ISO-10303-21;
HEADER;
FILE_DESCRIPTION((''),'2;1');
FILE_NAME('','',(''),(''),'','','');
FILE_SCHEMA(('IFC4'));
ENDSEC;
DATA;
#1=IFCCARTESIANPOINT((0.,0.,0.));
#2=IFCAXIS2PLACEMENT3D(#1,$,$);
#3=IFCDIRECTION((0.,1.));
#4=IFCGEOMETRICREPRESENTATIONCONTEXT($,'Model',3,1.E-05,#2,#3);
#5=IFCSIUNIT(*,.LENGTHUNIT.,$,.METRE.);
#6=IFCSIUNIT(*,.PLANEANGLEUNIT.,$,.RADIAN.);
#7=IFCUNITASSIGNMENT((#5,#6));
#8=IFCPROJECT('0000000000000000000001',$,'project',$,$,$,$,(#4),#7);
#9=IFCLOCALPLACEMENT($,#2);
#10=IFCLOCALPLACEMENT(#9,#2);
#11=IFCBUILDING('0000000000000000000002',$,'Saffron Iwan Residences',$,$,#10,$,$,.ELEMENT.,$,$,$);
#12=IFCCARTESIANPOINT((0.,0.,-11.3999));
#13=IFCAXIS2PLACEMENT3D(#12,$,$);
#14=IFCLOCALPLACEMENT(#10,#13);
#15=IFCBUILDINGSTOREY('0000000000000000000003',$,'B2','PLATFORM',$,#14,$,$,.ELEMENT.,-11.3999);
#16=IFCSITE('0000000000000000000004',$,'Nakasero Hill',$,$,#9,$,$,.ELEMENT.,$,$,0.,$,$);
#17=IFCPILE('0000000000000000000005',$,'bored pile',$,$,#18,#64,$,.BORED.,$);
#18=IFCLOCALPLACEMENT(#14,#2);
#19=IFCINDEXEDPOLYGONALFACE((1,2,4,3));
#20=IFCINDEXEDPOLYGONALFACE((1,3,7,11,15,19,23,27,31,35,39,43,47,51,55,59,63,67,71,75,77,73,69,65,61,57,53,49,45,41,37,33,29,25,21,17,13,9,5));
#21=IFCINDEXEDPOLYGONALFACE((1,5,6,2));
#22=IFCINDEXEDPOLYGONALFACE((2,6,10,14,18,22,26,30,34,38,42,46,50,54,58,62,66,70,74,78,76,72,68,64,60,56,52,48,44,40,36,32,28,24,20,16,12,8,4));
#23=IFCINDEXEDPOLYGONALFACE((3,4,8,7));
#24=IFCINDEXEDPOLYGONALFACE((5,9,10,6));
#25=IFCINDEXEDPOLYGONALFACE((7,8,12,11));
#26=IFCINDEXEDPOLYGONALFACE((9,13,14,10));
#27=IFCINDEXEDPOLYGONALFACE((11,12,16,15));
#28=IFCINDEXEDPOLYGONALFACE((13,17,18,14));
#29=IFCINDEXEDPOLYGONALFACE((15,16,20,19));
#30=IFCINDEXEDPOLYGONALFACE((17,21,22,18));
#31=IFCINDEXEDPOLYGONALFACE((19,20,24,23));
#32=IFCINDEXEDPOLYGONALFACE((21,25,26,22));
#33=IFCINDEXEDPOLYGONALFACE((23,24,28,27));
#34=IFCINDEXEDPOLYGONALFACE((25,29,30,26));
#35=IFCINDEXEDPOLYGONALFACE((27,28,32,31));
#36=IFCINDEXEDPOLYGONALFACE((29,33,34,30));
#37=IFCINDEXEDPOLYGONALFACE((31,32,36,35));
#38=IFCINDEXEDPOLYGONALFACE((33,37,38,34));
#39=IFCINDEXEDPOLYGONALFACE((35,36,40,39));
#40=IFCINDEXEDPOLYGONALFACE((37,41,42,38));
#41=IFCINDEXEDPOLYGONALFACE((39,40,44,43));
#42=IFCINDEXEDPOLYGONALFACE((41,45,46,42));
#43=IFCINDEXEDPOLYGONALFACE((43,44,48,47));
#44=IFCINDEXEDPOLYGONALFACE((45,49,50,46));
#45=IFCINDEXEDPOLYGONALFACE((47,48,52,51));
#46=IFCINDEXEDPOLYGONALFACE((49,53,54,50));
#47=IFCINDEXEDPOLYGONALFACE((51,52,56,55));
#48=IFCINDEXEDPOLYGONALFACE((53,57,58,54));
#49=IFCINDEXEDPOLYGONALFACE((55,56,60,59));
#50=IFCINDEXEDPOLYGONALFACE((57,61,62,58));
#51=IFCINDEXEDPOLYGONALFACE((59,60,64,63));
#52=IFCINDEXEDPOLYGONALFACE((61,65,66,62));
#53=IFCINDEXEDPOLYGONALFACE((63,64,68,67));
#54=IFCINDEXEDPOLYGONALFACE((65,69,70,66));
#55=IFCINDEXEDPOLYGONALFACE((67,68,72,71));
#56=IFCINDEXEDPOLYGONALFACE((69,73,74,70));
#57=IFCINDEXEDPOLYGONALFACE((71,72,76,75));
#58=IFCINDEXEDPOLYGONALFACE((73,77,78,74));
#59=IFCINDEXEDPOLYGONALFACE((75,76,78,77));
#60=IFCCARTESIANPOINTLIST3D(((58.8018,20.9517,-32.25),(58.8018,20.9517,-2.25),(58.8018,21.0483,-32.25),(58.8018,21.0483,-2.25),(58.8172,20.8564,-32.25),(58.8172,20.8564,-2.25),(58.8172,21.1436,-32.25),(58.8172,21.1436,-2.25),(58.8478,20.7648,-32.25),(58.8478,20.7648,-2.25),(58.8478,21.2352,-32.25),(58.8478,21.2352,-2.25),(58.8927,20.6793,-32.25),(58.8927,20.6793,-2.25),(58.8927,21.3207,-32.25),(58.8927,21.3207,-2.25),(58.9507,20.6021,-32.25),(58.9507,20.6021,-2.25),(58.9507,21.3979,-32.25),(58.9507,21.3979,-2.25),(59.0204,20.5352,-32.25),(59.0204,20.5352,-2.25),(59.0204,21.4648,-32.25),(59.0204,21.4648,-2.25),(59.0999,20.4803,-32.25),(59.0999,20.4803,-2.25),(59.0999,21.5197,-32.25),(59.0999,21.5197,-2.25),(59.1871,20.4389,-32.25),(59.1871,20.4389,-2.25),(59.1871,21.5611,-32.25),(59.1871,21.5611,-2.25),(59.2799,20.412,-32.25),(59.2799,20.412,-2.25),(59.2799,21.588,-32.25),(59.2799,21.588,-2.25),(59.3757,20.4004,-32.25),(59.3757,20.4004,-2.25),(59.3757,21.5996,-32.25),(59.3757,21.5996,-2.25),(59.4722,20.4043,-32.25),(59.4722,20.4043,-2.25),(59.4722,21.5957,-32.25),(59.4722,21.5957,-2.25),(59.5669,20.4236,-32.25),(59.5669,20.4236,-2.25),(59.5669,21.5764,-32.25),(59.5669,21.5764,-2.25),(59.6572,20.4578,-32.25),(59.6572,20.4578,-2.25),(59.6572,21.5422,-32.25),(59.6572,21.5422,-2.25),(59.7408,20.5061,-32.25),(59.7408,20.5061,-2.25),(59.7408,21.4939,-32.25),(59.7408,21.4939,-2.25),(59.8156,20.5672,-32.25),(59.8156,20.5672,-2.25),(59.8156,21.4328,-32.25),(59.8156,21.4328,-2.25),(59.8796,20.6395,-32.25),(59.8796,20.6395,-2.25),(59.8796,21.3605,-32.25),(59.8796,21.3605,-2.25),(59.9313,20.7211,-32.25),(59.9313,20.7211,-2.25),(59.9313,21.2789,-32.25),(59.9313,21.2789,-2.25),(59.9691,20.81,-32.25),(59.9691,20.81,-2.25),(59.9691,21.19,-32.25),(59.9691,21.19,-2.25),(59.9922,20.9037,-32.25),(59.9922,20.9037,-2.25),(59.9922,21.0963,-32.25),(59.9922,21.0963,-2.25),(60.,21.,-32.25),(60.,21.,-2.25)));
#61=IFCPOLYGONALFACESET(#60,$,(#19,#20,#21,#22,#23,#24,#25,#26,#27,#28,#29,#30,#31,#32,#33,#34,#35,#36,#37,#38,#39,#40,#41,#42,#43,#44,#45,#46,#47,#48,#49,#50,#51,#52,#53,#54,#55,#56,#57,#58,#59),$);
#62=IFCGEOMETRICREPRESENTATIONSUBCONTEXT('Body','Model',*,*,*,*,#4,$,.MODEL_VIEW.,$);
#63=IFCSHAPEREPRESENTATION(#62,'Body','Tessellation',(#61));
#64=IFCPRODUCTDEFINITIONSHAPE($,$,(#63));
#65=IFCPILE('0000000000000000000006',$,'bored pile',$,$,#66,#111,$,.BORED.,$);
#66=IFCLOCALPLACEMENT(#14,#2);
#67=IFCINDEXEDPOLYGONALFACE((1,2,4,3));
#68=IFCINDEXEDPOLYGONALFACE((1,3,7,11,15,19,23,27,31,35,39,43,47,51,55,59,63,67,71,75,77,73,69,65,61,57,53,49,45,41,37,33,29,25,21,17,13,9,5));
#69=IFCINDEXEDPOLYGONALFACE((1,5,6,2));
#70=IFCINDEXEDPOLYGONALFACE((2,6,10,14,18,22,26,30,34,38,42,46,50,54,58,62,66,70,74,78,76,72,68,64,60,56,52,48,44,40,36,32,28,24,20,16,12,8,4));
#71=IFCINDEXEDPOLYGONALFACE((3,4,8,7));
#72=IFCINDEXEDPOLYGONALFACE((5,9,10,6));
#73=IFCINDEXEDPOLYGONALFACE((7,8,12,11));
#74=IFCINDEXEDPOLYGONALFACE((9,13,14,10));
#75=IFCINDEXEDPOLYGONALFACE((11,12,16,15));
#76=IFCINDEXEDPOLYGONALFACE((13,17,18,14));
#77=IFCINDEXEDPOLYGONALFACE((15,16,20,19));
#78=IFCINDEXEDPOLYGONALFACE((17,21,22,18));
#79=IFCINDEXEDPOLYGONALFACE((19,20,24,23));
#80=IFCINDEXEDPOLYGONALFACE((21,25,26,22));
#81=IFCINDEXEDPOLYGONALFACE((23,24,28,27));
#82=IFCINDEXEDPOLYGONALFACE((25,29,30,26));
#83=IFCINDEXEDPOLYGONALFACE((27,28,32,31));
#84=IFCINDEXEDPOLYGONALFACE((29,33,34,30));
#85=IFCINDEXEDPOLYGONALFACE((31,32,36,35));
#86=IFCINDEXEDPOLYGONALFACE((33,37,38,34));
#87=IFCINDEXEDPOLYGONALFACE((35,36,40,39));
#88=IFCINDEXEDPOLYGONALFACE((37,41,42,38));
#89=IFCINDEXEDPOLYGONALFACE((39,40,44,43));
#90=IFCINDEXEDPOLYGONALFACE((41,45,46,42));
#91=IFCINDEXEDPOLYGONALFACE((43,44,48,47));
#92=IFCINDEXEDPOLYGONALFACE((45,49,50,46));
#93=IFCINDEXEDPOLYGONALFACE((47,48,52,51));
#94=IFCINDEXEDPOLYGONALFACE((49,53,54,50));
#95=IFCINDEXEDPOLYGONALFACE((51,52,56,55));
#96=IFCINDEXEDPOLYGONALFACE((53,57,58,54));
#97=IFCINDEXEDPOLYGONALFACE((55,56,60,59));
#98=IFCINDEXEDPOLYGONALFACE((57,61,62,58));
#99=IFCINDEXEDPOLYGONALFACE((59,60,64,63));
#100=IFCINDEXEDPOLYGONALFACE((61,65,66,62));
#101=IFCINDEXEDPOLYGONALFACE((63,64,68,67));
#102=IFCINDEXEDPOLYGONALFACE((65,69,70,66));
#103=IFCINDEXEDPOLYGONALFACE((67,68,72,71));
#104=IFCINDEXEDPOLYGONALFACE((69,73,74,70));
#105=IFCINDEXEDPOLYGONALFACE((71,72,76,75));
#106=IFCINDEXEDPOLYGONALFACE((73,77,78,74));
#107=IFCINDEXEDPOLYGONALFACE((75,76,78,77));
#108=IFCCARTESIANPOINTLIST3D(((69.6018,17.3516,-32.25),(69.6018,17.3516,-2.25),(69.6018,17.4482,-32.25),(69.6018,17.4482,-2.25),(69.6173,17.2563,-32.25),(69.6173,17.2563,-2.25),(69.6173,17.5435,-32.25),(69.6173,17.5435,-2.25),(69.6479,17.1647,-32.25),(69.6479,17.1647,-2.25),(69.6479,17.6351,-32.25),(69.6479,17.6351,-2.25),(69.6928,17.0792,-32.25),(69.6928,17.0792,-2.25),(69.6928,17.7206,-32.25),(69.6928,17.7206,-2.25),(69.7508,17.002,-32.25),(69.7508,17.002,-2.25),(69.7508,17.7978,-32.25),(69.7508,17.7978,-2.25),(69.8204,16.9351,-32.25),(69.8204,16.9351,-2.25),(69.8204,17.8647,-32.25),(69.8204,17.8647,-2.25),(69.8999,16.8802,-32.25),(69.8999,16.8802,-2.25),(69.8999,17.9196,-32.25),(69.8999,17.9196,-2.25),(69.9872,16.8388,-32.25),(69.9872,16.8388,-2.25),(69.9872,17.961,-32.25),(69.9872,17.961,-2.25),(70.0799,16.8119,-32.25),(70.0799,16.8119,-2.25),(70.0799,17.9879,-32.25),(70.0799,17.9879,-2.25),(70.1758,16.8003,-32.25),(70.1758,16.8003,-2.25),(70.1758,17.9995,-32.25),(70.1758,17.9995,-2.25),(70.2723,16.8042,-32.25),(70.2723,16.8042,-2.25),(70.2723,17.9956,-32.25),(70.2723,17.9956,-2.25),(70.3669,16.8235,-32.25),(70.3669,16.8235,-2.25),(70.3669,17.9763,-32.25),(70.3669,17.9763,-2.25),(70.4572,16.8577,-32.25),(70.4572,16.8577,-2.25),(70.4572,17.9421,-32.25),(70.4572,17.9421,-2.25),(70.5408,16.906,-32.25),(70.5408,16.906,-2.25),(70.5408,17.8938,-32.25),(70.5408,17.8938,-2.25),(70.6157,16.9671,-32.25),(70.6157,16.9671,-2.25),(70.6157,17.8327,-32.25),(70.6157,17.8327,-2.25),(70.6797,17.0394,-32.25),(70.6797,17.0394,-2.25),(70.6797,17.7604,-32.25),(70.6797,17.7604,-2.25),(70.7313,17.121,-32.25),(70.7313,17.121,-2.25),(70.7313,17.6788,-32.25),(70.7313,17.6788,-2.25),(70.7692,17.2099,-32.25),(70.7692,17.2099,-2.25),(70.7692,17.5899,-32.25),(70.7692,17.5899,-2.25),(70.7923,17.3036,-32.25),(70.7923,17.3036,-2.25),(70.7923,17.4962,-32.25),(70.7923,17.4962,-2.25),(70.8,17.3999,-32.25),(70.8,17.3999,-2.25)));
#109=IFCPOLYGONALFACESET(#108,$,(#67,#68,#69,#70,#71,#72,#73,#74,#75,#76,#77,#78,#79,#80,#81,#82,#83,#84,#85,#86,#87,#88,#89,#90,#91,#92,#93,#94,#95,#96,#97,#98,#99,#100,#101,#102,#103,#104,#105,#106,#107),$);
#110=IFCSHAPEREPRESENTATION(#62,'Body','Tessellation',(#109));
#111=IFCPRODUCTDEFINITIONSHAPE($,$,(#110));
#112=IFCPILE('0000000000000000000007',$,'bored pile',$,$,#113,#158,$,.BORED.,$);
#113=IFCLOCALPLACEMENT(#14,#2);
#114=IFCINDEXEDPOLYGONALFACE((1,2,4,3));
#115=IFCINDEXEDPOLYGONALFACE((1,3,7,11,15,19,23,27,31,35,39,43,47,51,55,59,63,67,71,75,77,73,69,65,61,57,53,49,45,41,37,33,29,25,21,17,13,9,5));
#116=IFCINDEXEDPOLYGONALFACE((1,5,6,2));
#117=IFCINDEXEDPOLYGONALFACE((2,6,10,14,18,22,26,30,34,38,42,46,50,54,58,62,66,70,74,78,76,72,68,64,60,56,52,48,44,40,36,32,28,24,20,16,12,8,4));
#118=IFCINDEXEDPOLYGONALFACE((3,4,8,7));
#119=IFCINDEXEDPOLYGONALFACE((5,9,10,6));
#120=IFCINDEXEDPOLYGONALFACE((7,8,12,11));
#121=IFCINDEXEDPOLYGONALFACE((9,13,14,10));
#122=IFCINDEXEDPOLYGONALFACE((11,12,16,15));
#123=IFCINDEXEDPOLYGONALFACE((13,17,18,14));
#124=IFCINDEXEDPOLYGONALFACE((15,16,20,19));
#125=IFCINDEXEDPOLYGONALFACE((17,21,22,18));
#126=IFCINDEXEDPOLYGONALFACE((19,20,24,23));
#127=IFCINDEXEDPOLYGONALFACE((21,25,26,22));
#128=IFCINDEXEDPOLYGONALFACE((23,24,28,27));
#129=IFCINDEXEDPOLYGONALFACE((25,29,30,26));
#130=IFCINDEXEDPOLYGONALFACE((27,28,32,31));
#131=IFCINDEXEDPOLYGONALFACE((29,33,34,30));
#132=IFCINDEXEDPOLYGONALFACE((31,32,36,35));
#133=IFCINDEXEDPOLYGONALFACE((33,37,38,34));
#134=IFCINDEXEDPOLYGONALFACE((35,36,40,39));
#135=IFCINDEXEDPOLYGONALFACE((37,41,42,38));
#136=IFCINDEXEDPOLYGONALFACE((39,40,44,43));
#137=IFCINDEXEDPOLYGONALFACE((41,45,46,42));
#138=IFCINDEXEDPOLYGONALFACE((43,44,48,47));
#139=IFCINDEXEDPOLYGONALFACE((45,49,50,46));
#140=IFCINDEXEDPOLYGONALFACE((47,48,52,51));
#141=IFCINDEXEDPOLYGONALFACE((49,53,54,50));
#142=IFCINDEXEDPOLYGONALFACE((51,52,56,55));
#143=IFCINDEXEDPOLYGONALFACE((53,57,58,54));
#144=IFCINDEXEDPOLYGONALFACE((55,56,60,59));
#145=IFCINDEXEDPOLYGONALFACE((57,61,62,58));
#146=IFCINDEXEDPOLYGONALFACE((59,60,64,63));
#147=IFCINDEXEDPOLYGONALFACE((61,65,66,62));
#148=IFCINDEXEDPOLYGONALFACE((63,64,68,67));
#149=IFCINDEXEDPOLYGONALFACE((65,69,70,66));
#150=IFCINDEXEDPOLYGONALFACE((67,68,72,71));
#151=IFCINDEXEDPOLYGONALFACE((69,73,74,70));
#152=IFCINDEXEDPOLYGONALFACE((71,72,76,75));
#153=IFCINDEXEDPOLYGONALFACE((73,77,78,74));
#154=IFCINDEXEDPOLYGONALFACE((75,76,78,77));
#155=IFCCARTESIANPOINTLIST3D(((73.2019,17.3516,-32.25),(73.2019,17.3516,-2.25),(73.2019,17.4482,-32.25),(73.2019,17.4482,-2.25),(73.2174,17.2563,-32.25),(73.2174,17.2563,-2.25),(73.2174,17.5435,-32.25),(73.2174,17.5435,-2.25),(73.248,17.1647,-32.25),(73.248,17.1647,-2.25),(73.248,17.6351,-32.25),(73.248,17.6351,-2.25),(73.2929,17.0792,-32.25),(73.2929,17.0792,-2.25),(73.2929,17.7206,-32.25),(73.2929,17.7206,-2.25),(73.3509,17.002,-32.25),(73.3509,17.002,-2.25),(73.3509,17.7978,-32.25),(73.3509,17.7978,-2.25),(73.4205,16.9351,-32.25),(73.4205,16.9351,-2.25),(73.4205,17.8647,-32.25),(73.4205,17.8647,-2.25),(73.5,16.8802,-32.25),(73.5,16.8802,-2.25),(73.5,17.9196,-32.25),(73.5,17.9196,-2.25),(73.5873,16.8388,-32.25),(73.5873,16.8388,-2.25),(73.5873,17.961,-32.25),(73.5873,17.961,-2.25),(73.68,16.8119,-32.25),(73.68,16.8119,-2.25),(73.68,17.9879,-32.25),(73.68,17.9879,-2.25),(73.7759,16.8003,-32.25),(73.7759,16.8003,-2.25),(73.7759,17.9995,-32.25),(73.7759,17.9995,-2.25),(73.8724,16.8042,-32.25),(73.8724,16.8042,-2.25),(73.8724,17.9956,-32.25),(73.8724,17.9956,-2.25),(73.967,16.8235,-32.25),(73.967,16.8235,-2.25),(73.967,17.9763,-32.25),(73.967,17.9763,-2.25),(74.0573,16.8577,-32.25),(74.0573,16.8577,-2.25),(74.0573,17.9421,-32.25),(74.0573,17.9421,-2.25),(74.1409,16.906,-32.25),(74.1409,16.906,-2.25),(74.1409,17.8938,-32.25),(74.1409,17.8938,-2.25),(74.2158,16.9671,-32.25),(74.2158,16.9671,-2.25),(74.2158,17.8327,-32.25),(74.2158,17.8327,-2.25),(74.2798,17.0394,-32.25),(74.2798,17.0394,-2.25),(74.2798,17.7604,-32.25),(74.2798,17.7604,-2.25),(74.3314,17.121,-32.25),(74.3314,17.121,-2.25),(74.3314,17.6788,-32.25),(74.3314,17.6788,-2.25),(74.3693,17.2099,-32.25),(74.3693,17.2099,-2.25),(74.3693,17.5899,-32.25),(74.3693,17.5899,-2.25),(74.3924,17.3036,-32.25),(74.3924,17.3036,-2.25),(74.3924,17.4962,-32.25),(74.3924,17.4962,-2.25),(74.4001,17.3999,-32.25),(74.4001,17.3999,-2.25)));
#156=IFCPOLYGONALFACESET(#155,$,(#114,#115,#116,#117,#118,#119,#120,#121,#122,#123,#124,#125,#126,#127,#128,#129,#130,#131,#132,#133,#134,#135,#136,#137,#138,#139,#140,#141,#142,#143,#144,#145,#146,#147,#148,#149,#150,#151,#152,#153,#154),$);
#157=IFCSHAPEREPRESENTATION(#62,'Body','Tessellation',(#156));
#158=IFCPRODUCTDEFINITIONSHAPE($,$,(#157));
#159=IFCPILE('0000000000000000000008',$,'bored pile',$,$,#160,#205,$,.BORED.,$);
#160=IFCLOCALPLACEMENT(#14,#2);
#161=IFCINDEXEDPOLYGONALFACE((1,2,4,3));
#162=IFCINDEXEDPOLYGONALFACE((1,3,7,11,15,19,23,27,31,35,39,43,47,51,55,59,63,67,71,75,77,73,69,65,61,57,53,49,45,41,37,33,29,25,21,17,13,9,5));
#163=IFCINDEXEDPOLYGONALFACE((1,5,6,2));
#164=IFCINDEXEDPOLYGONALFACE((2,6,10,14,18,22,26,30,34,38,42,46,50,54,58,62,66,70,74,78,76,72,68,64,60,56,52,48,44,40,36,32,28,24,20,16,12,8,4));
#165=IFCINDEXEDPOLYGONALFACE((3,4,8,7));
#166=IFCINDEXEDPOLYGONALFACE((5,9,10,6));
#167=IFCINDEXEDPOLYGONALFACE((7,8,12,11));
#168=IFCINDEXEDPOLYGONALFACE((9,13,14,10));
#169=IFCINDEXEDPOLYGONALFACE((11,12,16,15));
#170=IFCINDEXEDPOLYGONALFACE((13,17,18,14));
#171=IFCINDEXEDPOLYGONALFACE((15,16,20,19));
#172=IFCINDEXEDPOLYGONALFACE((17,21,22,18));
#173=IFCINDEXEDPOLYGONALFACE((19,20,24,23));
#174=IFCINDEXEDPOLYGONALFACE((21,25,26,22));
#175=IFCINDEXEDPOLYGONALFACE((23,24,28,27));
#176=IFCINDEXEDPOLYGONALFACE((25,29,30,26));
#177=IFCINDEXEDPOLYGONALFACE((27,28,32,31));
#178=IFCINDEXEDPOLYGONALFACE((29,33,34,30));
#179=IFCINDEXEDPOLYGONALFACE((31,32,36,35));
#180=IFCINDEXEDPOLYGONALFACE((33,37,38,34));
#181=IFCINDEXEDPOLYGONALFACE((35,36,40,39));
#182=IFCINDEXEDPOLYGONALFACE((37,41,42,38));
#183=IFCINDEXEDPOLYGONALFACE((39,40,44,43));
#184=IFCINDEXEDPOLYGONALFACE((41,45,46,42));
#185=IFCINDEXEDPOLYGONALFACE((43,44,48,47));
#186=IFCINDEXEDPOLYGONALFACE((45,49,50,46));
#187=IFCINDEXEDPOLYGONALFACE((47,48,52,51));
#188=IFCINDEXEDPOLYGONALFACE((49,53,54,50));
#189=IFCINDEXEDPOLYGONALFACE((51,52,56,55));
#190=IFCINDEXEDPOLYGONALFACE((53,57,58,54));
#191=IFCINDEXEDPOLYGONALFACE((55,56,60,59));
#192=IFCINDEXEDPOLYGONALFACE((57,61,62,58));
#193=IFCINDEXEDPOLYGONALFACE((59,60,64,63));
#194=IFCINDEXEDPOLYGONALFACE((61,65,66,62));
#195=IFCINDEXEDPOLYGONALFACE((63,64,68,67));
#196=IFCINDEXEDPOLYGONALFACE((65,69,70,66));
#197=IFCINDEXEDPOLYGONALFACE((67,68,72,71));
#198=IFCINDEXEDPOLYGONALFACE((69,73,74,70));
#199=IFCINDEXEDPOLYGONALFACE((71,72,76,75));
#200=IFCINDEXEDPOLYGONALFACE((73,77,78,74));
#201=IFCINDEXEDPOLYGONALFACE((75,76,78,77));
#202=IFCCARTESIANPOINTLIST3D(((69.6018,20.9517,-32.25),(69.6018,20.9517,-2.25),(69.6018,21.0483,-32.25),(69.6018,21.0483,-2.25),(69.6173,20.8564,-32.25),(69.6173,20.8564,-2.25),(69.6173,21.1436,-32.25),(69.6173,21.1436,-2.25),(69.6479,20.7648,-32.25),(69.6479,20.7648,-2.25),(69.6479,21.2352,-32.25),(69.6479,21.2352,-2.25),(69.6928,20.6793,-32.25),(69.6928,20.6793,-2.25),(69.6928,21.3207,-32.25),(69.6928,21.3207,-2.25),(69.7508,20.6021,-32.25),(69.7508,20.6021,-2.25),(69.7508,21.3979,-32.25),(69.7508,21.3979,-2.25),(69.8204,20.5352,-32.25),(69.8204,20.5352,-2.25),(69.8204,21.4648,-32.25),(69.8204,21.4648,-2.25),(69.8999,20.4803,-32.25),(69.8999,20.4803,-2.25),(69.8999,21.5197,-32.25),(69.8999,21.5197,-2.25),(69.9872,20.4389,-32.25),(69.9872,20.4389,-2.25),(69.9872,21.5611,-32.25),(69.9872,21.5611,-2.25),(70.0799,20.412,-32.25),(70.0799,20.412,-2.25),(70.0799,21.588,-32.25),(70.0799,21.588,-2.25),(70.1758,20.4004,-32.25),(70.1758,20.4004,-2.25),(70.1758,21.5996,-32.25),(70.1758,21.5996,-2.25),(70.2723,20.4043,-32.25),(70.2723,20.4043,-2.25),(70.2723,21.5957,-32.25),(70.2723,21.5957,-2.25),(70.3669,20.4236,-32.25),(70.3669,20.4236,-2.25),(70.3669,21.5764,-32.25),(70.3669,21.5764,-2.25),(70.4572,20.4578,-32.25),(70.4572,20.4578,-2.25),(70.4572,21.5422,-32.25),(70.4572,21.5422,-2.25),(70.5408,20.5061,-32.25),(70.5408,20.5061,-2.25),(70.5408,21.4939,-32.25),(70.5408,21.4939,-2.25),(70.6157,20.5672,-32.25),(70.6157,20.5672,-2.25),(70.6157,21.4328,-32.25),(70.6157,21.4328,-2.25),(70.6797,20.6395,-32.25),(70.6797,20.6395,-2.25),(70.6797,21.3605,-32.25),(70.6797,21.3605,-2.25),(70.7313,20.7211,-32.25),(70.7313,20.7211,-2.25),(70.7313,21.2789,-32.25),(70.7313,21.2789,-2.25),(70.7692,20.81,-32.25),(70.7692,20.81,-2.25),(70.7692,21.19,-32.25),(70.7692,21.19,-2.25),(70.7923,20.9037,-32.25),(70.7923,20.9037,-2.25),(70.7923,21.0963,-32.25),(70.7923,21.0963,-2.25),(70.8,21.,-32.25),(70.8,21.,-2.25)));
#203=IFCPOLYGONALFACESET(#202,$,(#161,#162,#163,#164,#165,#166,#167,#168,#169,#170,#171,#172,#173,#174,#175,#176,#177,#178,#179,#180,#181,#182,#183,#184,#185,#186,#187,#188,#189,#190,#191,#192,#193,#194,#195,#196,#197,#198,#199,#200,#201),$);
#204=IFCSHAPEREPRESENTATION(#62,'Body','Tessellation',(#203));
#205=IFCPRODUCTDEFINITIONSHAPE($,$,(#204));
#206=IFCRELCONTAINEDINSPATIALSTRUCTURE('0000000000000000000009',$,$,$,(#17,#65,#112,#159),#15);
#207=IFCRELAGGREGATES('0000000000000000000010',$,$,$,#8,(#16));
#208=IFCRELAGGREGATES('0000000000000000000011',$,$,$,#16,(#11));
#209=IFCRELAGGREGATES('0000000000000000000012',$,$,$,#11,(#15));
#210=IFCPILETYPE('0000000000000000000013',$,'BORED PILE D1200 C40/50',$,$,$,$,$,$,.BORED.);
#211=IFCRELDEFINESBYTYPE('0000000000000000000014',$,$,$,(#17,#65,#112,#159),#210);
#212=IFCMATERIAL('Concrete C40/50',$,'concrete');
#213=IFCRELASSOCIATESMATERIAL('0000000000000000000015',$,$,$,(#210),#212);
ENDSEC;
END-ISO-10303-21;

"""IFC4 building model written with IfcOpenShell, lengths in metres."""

from ifc_helpers import new_model, si_unit, direction, frame, origin, origin_2d, place, context, subcontext, project, spatial, circle, extrude, material, material_profile, profile_set, type_object, element, save


model = new_model("IFC4")

# Units and contexts
model_context = context("Model", 3, precision=1e-05, world=origin(), true_north=direction((0.0, 1.0)))
body_context = subcontext(model_context, "Body", "Model", "MODEL_VIEW")
ifc_project = project(units=[si_unit("LENGTHUNIT", "METRE"), si_unit("PLANEANGLEUNIT", "RADIAN")], contexts=[model_context])

# Site, building, storey
site_placement = place(None, origin())
site = spatial("IfcSite", under=ifc_project, at=site_placement, Name="Nakasero Hill", CompositionType="ELEMENT", RefElevation=0.0)
building_placement = place(site_placement, origin())
building = spatial("IfcBuilding", under=site, at=building_placement, Name="Saffron Iwan Residences", CompositionType="ELEMENT")
storey_placement = place(building_placement, frame((0.0, 0.0, -11.3999)))
storey = spatial("IfcBuildingStorey", under=building, at=storey_placement, Name="B2", Description="PLATFORM", CompositionType="ELEMENT", Elevation=-11.3999)

# Piles
ifc_material_1 = material(Name="Concrete C40/50", Category="concrete")
ifc_material_profile_1 = material_profile(ifc_material_1, circle(Radius=0.6001, at=origin_2d()), Name="RC D1200")
ifc_profile_set_1 = profile_set([ifc_material_profile_1], Name="Concrete C40/50")
pile_type_1 = type_object("IfcPileType", Name="BORED PILE D1200 C40/50", PredefinedType="BORED", material=ifc_profile_set_1)
for number, where, z_axis, x_axis, name in (
    (1, (59.3999, 21.0, -2.25), (0.0, 0.0, -1.0), (1.0, 0.0, 0.0), "bored pile"),
    (2, (70.2, 17.3999, -2.25), (0.0, 0.0, -1.0), (1.0, 0.0, 0.0), "bored pile"),
    (3, (73.8, 17.3999, -2.25), (0.0, 0.0, -1.0), (1.0, 0.0, 0.0), "bored pile"),
    (4, (70.2, 21.0, -2.25), (0.0, 0.0, -1.0), (1.0, 0.0, 0.0), "bored pile"),
):
    element("IfcPile", number, at=place(storey_placement, frame(where, z_axis=z_axis, x_axis=x_axis)), inside=storey, type_object=pile_type_1, Name=name, PredefinedType="BORED", context=body_context, shape_type="SweptSolid", body=[
        extrude(circle(Radius=0.6001, at=origin_2d()), origin(), (0.0, 0.0, 1.0), 30.0),
    ])

save(model, "model.ifc")
